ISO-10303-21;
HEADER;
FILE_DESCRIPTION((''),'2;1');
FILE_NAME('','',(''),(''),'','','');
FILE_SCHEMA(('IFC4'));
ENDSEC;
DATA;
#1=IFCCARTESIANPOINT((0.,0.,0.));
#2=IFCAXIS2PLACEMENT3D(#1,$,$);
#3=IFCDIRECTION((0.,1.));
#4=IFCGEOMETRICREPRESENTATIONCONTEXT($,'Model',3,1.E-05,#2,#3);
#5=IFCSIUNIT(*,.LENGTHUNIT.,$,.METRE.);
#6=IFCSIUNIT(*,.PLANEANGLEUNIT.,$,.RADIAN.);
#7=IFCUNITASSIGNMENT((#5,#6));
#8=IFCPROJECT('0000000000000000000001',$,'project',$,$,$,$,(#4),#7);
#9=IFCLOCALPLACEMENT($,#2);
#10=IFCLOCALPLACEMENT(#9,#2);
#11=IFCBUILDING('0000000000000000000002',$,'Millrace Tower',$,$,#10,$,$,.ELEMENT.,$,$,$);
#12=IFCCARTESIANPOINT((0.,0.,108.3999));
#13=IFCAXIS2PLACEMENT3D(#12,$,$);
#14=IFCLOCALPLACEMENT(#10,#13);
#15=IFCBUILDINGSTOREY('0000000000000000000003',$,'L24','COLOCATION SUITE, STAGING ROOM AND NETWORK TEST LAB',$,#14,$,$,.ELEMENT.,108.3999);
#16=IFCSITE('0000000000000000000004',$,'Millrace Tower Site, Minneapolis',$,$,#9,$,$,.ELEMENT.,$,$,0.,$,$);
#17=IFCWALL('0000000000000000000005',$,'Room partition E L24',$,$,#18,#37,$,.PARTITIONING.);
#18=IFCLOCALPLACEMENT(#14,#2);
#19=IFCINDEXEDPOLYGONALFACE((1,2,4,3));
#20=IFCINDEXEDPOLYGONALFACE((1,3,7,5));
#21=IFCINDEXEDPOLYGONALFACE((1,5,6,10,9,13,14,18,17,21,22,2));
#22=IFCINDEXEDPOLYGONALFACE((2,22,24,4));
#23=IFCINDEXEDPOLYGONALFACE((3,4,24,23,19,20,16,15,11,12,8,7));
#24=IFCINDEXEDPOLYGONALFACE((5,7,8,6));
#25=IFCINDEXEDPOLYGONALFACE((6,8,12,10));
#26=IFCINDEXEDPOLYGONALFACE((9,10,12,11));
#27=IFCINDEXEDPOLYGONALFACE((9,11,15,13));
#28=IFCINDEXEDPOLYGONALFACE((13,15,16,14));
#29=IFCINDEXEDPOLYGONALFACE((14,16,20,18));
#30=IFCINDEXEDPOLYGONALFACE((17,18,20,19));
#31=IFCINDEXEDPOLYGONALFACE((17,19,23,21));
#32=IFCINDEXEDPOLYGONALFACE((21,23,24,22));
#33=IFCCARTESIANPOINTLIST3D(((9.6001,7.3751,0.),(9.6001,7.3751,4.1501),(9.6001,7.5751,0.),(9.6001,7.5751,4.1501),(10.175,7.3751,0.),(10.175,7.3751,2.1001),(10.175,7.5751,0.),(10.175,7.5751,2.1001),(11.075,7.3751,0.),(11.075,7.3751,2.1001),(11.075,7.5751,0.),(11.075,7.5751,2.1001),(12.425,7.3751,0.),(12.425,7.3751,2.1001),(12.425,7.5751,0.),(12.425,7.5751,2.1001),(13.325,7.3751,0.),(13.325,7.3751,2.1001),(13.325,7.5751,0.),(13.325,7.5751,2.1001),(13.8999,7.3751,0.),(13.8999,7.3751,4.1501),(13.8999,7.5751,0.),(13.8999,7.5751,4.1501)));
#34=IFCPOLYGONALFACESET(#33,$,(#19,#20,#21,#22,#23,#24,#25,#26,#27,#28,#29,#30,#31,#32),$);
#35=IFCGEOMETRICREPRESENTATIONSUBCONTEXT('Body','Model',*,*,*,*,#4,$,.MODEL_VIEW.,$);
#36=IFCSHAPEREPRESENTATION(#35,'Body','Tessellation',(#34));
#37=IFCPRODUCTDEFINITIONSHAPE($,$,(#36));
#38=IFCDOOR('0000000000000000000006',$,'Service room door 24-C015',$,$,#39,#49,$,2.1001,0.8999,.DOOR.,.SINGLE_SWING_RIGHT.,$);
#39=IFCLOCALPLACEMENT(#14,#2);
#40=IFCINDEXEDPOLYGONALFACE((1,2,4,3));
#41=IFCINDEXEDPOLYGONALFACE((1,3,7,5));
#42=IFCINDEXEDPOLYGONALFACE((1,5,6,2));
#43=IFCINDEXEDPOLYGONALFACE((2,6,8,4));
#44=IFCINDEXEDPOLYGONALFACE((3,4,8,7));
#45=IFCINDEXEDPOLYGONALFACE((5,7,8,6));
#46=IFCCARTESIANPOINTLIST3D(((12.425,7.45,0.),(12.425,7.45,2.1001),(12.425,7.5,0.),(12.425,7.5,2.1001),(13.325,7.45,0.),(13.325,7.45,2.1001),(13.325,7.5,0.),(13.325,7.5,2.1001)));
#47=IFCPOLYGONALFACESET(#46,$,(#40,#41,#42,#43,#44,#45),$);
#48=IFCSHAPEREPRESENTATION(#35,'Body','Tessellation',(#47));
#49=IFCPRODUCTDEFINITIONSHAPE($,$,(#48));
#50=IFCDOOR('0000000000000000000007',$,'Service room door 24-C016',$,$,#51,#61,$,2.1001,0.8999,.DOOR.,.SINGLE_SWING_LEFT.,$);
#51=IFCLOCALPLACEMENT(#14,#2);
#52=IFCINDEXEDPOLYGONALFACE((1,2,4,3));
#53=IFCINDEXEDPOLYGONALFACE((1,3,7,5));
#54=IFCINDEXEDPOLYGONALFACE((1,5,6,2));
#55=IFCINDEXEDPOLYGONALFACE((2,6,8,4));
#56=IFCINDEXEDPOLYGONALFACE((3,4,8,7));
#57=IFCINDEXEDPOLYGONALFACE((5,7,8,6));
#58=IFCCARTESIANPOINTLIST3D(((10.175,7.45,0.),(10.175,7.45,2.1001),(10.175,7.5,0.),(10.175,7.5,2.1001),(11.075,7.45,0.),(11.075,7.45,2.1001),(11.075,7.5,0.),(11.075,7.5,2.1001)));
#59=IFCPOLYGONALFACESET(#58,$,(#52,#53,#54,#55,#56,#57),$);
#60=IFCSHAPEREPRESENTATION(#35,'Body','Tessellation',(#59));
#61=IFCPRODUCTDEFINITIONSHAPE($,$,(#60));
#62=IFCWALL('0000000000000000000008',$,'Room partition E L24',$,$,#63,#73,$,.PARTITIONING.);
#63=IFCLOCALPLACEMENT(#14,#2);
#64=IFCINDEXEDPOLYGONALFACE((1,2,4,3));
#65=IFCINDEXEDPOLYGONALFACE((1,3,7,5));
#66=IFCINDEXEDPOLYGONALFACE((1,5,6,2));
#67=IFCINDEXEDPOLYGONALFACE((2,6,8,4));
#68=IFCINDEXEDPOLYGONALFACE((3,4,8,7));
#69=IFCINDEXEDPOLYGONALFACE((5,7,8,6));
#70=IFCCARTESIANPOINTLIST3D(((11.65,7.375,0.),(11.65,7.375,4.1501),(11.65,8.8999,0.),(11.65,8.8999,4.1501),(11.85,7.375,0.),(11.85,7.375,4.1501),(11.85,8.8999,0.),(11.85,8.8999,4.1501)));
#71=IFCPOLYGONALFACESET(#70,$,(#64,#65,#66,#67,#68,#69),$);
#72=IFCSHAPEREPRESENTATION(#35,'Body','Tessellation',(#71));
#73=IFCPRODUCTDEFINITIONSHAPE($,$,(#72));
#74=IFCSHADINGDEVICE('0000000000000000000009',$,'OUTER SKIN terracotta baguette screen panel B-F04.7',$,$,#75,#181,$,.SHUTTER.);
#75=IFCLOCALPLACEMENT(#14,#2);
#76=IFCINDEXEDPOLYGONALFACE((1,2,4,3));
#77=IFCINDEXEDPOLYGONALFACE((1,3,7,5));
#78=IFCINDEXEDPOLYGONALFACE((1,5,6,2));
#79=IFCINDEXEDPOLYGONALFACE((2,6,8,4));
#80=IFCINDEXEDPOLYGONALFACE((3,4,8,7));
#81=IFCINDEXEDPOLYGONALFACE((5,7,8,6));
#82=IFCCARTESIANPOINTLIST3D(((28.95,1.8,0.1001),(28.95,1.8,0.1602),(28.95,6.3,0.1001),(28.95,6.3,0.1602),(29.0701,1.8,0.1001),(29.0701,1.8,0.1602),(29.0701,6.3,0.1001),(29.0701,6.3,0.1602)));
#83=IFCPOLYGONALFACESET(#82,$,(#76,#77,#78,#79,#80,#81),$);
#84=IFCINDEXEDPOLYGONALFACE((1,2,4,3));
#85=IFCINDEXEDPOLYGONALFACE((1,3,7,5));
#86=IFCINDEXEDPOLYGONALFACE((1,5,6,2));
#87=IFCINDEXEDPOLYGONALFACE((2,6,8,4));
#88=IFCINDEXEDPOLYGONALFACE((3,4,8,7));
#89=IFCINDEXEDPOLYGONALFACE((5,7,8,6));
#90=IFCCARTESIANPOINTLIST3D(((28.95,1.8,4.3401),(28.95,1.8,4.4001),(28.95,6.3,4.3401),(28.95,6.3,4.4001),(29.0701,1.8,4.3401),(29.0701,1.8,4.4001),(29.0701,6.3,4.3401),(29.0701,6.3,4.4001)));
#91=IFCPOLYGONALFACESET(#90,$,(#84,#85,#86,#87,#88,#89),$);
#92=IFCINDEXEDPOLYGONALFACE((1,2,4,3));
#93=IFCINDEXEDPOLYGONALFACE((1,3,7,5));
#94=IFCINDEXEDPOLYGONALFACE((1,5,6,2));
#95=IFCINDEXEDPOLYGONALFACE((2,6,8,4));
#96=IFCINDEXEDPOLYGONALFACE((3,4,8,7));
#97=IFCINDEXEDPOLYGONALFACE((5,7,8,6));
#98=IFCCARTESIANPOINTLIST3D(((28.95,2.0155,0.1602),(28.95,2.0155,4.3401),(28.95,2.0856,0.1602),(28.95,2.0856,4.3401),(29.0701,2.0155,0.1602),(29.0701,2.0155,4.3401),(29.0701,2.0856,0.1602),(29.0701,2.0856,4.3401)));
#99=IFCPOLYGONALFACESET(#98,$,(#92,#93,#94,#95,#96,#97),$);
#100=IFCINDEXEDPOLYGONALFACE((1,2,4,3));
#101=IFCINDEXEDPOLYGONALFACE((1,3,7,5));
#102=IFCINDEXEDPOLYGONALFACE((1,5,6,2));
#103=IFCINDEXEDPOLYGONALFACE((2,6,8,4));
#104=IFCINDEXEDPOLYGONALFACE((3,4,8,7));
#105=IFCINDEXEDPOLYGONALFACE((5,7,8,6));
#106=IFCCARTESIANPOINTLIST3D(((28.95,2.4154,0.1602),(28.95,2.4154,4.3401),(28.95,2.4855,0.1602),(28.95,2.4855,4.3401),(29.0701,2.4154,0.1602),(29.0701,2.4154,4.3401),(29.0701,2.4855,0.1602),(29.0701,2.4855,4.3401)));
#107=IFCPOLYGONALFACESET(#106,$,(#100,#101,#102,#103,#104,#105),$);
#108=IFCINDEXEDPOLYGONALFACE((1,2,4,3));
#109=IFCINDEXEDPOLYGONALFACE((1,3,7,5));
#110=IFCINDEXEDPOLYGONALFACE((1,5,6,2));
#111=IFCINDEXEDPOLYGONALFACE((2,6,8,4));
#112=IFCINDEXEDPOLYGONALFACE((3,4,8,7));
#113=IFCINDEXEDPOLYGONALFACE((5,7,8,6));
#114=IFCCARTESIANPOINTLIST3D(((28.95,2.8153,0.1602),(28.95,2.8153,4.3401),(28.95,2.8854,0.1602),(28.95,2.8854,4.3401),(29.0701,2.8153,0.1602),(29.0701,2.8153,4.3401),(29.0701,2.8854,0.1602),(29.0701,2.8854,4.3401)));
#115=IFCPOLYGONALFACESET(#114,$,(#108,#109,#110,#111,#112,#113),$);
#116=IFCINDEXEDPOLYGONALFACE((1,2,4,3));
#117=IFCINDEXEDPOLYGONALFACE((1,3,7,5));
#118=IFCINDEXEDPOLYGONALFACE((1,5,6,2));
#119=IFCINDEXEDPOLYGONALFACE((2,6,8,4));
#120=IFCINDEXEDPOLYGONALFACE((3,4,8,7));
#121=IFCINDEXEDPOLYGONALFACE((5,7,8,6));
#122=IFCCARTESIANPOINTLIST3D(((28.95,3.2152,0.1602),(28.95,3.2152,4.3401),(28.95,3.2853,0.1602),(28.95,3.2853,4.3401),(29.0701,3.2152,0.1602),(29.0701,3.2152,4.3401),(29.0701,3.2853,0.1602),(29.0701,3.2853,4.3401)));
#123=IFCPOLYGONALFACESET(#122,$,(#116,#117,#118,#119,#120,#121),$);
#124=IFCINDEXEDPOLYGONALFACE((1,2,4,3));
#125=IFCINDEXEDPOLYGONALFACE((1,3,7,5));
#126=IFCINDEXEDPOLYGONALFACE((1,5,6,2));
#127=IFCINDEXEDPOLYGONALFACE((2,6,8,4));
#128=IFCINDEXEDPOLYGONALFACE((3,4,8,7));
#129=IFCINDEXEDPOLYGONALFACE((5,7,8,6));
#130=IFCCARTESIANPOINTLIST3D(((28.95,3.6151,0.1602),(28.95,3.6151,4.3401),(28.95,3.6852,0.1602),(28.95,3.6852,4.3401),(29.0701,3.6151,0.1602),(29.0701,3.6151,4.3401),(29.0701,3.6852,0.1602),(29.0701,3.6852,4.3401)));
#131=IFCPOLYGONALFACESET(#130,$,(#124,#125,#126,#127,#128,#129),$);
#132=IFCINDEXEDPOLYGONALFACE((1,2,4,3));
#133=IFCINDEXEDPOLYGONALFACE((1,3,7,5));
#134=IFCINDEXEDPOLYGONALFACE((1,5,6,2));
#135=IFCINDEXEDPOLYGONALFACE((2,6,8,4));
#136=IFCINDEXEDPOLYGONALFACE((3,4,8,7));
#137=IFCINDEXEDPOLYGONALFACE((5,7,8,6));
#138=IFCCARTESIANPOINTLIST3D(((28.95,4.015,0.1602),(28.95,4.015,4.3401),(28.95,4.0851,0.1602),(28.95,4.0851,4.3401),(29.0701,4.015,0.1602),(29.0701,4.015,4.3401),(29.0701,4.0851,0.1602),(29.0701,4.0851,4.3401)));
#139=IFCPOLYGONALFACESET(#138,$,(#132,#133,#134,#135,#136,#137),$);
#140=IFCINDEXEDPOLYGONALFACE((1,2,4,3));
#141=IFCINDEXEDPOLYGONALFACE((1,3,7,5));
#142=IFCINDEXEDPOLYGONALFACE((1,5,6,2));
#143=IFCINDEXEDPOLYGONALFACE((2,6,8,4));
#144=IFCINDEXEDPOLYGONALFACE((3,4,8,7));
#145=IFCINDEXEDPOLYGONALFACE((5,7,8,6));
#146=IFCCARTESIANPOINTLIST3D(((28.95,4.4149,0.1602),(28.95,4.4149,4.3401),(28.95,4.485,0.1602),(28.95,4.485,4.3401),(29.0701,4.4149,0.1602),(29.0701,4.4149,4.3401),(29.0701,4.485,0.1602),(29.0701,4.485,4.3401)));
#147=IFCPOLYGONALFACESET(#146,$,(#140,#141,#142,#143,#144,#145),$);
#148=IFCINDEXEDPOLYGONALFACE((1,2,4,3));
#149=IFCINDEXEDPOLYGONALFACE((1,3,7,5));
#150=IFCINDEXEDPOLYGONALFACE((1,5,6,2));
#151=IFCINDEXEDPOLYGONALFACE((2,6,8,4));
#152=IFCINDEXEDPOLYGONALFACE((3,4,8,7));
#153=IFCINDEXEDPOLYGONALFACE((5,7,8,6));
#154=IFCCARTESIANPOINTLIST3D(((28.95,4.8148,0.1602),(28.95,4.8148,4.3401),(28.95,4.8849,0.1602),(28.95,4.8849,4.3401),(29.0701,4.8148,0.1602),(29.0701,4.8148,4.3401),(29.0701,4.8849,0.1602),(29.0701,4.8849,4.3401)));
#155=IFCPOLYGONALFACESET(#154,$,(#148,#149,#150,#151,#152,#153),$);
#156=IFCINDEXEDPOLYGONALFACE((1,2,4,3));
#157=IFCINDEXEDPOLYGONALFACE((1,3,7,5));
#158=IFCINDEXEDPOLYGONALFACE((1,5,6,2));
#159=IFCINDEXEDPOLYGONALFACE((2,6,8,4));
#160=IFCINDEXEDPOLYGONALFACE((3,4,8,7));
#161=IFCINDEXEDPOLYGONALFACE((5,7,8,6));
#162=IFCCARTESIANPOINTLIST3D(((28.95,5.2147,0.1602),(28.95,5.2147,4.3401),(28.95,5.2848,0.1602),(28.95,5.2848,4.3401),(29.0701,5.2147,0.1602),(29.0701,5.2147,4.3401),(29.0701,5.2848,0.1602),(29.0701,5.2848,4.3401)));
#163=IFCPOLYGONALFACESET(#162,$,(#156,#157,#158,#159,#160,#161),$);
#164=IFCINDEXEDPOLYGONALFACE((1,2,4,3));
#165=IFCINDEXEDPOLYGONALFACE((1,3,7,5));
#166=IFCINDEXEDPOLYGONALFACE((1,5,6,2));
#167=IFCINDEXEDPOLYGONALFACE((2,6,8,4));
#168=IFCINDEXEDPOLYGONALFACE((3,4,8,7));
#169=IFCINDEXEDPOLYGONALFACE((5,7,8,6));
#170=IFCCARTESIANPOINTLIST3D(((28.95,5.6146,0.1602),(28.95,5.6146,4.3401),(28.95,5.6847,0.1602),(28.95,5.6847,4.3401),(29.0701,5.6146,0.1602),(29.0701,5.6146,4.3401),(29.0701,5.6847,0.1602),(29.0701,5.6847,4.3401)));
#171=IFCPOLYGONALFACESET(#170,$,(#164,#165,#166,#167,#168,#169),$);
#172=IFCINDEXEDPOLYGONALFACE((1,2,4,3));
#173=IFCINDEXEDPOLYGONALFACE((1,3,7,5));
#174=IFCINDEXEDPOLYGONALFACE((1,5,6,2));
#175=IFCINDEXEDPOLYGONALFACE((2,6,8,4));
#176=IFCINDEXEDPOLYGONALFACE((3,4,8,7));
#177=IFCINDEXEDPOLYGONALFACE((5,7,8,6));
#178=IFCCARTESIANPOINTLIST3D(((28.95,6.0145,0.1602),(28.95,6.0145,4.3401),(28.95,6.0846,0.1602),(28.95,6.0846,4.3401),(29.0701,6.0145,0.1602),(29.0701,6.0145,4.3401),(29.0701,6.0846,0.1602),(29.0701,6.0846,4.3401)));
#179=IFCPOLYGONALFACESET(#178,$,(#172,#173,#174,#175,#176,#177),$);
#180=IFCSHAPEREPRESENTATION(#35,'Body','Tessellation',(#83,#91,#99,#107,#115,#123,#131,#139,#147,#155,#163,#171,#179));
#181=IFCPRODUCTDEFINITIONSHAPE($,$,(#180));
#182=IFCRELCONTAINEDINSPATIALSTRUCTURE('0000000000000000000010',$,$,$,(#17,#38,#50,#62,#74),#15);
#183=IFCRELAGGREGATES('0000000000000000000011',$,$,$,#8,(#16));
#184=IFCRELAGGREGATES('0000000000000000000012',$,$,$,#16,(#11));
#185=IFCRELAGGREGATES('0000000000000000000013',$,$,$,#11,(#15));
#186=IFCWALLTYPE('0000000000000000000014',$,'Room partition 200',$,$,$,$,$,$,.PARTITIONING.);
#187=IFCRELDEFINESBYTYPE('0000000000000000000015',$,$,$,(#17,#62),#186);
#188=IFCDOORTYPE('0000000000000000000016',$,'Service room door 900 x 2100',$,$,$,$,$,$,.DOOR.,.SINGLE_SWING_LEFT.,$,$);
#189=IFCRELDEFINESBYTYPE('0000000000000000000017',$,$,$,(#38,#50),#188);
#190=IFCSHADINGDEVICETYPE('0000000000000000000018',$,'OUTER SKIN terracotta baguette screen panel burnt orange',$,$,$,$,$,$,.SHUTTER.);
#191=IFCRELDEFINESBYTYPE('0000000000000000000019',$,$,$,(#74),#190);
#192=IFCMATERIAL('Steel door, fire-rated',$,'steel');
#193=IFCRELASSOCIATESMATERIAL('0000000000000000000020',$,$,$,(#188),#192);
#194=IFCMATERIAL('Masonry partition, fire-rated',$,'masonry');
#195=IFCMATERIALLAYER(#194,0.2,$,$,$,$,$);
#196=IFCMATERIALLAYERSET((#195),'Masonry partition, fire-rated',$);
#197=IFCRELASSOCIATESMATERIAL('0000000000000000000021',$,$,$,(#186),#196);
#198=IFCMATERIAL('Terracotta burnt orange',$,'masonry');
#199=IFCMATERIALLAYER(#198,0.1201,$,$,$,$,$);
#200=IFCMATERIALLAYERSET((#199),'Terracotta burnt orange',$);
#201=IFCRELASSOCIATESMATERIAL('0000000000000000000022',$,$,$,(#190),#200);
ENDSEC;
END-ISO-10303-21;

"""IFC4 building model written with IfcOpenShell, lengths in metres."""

from ifc_helpers import new_model, entity, si_unit, direction, frame, frame_2d, origin, origin_2d, place, context, subcontext, project, spatial, rectangle, extrude, source, transform, mapped, material, layer, layer_set, type_object, element, fill, save


model = new_model("IFC4")

# Units and contexts
model_context = context("Model", 3, precision=1e-05, world=origin(), true_north=direction((0.0, 1.0)))
body_context = subcontext(model_context, "Body", "Model", "MODEL_VIEW")
ifc_project = project(units=[si_unit("LENGTHUNIT", "METRE"), si_unit("PLANEANGLEUNIT", "RADIAN")], contexts=[model_context])

# Site, building, storey
site_placement = place(None, origin())
site = spatial("IfcSite", under=ifc_project, at=site_placement, Name="Millrace Tower Site, Minneapolis", CompositionType="ELEMENT", RefElevation=0.0)
building_placement = place(site_placement, origin())
building = spatial("IfcBuilding", under=site, at=building_placement, Name="Millrace Tower", CompositionType="ELEMENT")
storey_placement = place(building_placement, frame((0.0, 0.0, 108.3999)))
storey = spatial("IfcBuildingStorey", under=building, at=storey_placement, Name="L24", Description="COLOCATION SUITE, STAGING ROOM AND NETWORK TEST LAB", CompositionType="ELEMENT", Elevation=108.3999)

# Shared definitions
ifc_material_1 = material(Name="Steel door, fire-rated", Category="steel")
door_type_1 = type_object("IfcDoorType", Name="Service room door 900 x 2100", OperationType="SINGLE_SWING_LEFT", PredefinedType="DOOR", material=ifc_material_1)

# Wall, openings, doors
ifc_material_2 = material(Name="Masonry partition, fire-rated", Category="masonry")
ifc_layer_1 = layer(ifc_material_2, 0.2)
ifc_layer_set_1 = layer_set([ifc_layer_1], Name="Masonry partition, fire-rated")
wall_type_1 = type_object("IfcWallType", Name="Room partition 200", PredefinedType="PARTITIONING", material=ifc_layer_set_1)
wall_1_placement = place(storey_placement, frame((13.8999, 7.4751, 0.0), z_axis=(0.0, 0.0, 1.0), x_axis=(-1.0, 0.0, 0.0)))
wall_1 = element("IfcWall", 1, at=wall_1_placement, inside=storey, type_object=wall_type_1, Name="Room partition E L24", PredefinedType="PARTITIONING", context=body_context, shape_type="SweptSolid", body=[
    extrude(rectangle(XDim=4.2998, YDim=0.2, at=frame_2d((2.1499, 0.0))), origin(), (0.0, 0.0, 1.0), 4.1501),
])
opening_1_placement = place(wall_1_placement, frame((0.575, 0.0, 0.0)))
opening_1 = element("IfcOpeningElement", 2, at=opening_1_placement, cuts=wall_1, PredefinedType="OPENING", context=body_context, shape_type="SweptSolid", body=[
    extrude(rectangle(XDim=0.8999, YDim=2.1001, at=frame_2d((0.45, 1.05))), frame((0.0, 0.1099, 0.0), z_axis=(0.0, -1.0, 0.0), x_axis=(1.0, 0.0, 0.0)), (0.0, 0.0, 1.0), 0.22),
])
opening_2_placement = place(wall_1_placement, frame((2.825, 0.0, 0.0)))
opening_2 = element("IfcOpeningElement", 3, at=opening_2_placement, cuts=wall_1, PredefinedType="OPENING", context=body_context, shape_type="SweptSolid", body=[
    extrude(rectangle(XDim=0.8999, YDim=2.1001, at=frame_2d((0.45, 1.05))), frame((0.0, 0.1099, 0.0), z_axis=(0.0, -1.0, 0.0), x_axis=(1.0, 0.0, 0.0)), (0.0, 0.0, 1.0), 0.22),
])
door_1_placement = place(opening_1_placement, frame((0.8999, 0.0, 0.0), z_axis=(0.0, 0.0, 1.0), x_axis=(-1.0, 0.0, 0.0)))
door_1 = element("IfcDoor", 4, at=door_1_placement, inside=storey, type_object=door_type_1, Name="Service room door 24-C015", OperationType="SINGLE_SWING_RIGHT", OverallHeight=2.1001, OverallWidth=0.8999, PredefinedType="DOOR", context=body_context, shape_type="SweptSolid", body=[
    extrude(rectangle(XDim=0.8999, YDim=2.1001, at=frame_2d((0.45, 1.05))), frame((0.0, 0.0249, 0.0), z_axis=(0.0, -1.0, 0.0), x_axis=(1.0, 0.0, 0.0)), (0.0, 0.0, 1.0), 0.05),
])
fill(opening_1, door_1)
door_2_placement = place(opening_2_placement, frame((0.8999, 0.0, 0.0), z_axis=(0.0, 0.0, 1.0), x_axis=(-1.0, 0.0, 0.0)))
door_2 = element("IfcDoor", 5, at=door_2_placement, inside=storey, type_object=door_type_1, Name="Service room door 24-C016", OperationType="SINGLE_SWING_LEFT", OverallHeight=2.1001, OverallWidth=0.8999, PredefinedType="DOOR", context=body_context, shape_type="SweptSolid", body=[
    extrude(rectangle(XDim=0.8999, YDim=2.1001, at=frame_2d((0.45, 1.05))), frame((0.0, 0.0249, 0.0), z_axis=(0.0, -1.0, 0.0), x_axis=(1.0, 0.0, 0.0)), (0.0, 0.0, 1.0), 0.05),
])
fill(opening_2, door_2)

# Wall
wall_2_placement = place(storey_placement, frame((11.75, 8.8999, 0.0), z_axis=(0.0, 0.0, 1.0), x_axis=(0.0, -1.0, 0.0)))
element("IfcWall", 6, at=wall_2_placement, inside=storey, type_object=wall_type_1, Name="Room partition E L24", PredefinedType="PARTITIONING", context=body_context, shape_type="SweptSolid", body=[
    extrude(rectangle(XDim=1.5249, YDim=0.2, at=frame_2d((0.7625, 0.0))), origin(), (0.0, 0.0, 1.0), 4.1501),
])

# Shading device
ifc_material_3 = material(Name="Terracotta burnt orange", Category="masonry")
ifc_layer_2 = layer(ifc_material_3, 0.1201)
ifc_layer_set_2 = layer_set([ifc_layer_2], Name="Terracotta burnt orange")
shading_device_type = type_object("IfcShadingDeviceType", Name="OUTER SKIN terracotta baguette screen panel burnt orange", PredefinedType="SHUTTER", material=ifc_layer_set_2)
cartesian_point = entity("IfcCartesianPoint", [-2.25, 0.0601])
shared_polyline = entity("IfcPolyline", [cartesian_point, entity("IfcCartesianPoint", [2.25, 0.0601]), entity("IfcCartesianPoint", [2.25, -0.0601]), entity("IfcCartesianPoint", [-2.25, -0.0601]), cartesian_point])
shared_shape = source(origin(), body_context, "Body", "SweptSolid", [
    entity("IfcExtrudedAreaSolid", entity("IfcArbitraryClosedProfileDef", "AREA", None, shared_polyline), entity("IfcAxis2Placement3D", entity("IfcCartesianPoint", [0.0, 0.0, 0.0])), entity("IfcDirection", [0.0, 0.0, 1.0]), 0.0601),
    entity("IfcExtrudedAreaSolid", entity("IfcArbitraryClosedProfileDef", "AREA", None, shared_polyline), entity("IfcAxis2Placement3D", entity("IfcCartesianPoint", [0.0, 0.0, 4.24])), entity("IfcDirection", [0.0, 0.0, 1.0]), 0.0601),
    extrude(rectangle(XDim=0.0701, YDim=0.1201, at=frame_2d((-1.9995, 0.0))), frame((0.0, 0.0, 0.0601)), (0.0, 0.0, 1.0), 4.1799),
    extrude(rectangle(XDim=0.0701, YDim=0.1201, at=frame_2d((-1.5996, 0.0))), frame((0.0, 0.0, 0.0601)), (0.0, 0.0, 1.0), 4.1799),
    extrude(rectangle(XDim=0.0701, YDim=0.1201, at=frame_2d((-1.1997, 0.0))), frame((0.0, 0.0, 0.0601)), (0.0, 0.0, 1.0), 4.1799),
    extrude(rectangle(XDim=0.0701, YDim=0.1201, at=frame_2d((-0.7998, 0.0))), frame((0.0, 0.0, 0.0601)), (0.0, 0.0, 1.0), 4.1799),
    extrude(rectangle(XDim=0.0701, YDim=0.1201, at=frame_2d((-0.3999, 0.0))), frame((0.0, 0.0, 0.0601)), (0.0, 0.0, 1.0), 4.1799),
    extrude(rectangle(XDim=0.0701, YDim=0.1201, at=origin_2d()), frame((0.0, 0.0, 0.0601)), (0.0, 0.0, 1.0), 4.1799),
    extrude(rectangle(XDim=0.0701, YDim=0.1201, at=frame_2d((0.3999, 0.0))), frame((0.0, 0.0, 0.0601)), (0.0, 0.0, 1.0), 4.1799),
    extrude(rectangle(XDim=0.0701, YDim=0.1201, at=frame_2d((0.7998, 0.0))), frame((0.0, 0.0, 0.0601)), (0.0, 0.0, 1.0), 4.1799),
    extrude(rectangle(XDim=0.0701, YDim=0.1201, at=frame_2d((1.1997, 0.0))), frame((0.0, 0.0, 0.0601)), (0.0, 0.0, 1.0), 4.1799),
    extrude(rectangle(XDim=0.0701, YDim=0.1201, at=frame_2d((1.5996, 0.0))), frame((0.0, 0.0, 0.0601)), (0.0, 0.0, 1.0), 4.1799),
    extrude(rectangle(XDim=0.0701, YDim=0.1201, at=frame_2d((1.9995, 0.0))), frame((0.0, 0.0, 0.0601)), (0.0, 0.0, 1.0), 4.1799),
])
for number, where, z_axis, x_axis, name in (
    (7, (29.01, 4.05, 0.1001), (0.0, 0.0, 1.0), (0.0, 1.0, 0.0), "OUTER SKIN terracotta baguette screen panel B-F04.7"),
):
    element("IfcShadingDevice", number, at=place(storey_placement, frame(where, z_axis=z_axis, x_axis=x_axis)), inside=storey, type_object=shading_device_type, Name=name, PredefinedType="SHUTTER", context=body_context, shape_type="MappedRepresentation", body=[
        mapped(shared_shape, transform((0.0, 0.0, 0.0), scale=1.0)),
    ])

save(model, "model.ifc")
